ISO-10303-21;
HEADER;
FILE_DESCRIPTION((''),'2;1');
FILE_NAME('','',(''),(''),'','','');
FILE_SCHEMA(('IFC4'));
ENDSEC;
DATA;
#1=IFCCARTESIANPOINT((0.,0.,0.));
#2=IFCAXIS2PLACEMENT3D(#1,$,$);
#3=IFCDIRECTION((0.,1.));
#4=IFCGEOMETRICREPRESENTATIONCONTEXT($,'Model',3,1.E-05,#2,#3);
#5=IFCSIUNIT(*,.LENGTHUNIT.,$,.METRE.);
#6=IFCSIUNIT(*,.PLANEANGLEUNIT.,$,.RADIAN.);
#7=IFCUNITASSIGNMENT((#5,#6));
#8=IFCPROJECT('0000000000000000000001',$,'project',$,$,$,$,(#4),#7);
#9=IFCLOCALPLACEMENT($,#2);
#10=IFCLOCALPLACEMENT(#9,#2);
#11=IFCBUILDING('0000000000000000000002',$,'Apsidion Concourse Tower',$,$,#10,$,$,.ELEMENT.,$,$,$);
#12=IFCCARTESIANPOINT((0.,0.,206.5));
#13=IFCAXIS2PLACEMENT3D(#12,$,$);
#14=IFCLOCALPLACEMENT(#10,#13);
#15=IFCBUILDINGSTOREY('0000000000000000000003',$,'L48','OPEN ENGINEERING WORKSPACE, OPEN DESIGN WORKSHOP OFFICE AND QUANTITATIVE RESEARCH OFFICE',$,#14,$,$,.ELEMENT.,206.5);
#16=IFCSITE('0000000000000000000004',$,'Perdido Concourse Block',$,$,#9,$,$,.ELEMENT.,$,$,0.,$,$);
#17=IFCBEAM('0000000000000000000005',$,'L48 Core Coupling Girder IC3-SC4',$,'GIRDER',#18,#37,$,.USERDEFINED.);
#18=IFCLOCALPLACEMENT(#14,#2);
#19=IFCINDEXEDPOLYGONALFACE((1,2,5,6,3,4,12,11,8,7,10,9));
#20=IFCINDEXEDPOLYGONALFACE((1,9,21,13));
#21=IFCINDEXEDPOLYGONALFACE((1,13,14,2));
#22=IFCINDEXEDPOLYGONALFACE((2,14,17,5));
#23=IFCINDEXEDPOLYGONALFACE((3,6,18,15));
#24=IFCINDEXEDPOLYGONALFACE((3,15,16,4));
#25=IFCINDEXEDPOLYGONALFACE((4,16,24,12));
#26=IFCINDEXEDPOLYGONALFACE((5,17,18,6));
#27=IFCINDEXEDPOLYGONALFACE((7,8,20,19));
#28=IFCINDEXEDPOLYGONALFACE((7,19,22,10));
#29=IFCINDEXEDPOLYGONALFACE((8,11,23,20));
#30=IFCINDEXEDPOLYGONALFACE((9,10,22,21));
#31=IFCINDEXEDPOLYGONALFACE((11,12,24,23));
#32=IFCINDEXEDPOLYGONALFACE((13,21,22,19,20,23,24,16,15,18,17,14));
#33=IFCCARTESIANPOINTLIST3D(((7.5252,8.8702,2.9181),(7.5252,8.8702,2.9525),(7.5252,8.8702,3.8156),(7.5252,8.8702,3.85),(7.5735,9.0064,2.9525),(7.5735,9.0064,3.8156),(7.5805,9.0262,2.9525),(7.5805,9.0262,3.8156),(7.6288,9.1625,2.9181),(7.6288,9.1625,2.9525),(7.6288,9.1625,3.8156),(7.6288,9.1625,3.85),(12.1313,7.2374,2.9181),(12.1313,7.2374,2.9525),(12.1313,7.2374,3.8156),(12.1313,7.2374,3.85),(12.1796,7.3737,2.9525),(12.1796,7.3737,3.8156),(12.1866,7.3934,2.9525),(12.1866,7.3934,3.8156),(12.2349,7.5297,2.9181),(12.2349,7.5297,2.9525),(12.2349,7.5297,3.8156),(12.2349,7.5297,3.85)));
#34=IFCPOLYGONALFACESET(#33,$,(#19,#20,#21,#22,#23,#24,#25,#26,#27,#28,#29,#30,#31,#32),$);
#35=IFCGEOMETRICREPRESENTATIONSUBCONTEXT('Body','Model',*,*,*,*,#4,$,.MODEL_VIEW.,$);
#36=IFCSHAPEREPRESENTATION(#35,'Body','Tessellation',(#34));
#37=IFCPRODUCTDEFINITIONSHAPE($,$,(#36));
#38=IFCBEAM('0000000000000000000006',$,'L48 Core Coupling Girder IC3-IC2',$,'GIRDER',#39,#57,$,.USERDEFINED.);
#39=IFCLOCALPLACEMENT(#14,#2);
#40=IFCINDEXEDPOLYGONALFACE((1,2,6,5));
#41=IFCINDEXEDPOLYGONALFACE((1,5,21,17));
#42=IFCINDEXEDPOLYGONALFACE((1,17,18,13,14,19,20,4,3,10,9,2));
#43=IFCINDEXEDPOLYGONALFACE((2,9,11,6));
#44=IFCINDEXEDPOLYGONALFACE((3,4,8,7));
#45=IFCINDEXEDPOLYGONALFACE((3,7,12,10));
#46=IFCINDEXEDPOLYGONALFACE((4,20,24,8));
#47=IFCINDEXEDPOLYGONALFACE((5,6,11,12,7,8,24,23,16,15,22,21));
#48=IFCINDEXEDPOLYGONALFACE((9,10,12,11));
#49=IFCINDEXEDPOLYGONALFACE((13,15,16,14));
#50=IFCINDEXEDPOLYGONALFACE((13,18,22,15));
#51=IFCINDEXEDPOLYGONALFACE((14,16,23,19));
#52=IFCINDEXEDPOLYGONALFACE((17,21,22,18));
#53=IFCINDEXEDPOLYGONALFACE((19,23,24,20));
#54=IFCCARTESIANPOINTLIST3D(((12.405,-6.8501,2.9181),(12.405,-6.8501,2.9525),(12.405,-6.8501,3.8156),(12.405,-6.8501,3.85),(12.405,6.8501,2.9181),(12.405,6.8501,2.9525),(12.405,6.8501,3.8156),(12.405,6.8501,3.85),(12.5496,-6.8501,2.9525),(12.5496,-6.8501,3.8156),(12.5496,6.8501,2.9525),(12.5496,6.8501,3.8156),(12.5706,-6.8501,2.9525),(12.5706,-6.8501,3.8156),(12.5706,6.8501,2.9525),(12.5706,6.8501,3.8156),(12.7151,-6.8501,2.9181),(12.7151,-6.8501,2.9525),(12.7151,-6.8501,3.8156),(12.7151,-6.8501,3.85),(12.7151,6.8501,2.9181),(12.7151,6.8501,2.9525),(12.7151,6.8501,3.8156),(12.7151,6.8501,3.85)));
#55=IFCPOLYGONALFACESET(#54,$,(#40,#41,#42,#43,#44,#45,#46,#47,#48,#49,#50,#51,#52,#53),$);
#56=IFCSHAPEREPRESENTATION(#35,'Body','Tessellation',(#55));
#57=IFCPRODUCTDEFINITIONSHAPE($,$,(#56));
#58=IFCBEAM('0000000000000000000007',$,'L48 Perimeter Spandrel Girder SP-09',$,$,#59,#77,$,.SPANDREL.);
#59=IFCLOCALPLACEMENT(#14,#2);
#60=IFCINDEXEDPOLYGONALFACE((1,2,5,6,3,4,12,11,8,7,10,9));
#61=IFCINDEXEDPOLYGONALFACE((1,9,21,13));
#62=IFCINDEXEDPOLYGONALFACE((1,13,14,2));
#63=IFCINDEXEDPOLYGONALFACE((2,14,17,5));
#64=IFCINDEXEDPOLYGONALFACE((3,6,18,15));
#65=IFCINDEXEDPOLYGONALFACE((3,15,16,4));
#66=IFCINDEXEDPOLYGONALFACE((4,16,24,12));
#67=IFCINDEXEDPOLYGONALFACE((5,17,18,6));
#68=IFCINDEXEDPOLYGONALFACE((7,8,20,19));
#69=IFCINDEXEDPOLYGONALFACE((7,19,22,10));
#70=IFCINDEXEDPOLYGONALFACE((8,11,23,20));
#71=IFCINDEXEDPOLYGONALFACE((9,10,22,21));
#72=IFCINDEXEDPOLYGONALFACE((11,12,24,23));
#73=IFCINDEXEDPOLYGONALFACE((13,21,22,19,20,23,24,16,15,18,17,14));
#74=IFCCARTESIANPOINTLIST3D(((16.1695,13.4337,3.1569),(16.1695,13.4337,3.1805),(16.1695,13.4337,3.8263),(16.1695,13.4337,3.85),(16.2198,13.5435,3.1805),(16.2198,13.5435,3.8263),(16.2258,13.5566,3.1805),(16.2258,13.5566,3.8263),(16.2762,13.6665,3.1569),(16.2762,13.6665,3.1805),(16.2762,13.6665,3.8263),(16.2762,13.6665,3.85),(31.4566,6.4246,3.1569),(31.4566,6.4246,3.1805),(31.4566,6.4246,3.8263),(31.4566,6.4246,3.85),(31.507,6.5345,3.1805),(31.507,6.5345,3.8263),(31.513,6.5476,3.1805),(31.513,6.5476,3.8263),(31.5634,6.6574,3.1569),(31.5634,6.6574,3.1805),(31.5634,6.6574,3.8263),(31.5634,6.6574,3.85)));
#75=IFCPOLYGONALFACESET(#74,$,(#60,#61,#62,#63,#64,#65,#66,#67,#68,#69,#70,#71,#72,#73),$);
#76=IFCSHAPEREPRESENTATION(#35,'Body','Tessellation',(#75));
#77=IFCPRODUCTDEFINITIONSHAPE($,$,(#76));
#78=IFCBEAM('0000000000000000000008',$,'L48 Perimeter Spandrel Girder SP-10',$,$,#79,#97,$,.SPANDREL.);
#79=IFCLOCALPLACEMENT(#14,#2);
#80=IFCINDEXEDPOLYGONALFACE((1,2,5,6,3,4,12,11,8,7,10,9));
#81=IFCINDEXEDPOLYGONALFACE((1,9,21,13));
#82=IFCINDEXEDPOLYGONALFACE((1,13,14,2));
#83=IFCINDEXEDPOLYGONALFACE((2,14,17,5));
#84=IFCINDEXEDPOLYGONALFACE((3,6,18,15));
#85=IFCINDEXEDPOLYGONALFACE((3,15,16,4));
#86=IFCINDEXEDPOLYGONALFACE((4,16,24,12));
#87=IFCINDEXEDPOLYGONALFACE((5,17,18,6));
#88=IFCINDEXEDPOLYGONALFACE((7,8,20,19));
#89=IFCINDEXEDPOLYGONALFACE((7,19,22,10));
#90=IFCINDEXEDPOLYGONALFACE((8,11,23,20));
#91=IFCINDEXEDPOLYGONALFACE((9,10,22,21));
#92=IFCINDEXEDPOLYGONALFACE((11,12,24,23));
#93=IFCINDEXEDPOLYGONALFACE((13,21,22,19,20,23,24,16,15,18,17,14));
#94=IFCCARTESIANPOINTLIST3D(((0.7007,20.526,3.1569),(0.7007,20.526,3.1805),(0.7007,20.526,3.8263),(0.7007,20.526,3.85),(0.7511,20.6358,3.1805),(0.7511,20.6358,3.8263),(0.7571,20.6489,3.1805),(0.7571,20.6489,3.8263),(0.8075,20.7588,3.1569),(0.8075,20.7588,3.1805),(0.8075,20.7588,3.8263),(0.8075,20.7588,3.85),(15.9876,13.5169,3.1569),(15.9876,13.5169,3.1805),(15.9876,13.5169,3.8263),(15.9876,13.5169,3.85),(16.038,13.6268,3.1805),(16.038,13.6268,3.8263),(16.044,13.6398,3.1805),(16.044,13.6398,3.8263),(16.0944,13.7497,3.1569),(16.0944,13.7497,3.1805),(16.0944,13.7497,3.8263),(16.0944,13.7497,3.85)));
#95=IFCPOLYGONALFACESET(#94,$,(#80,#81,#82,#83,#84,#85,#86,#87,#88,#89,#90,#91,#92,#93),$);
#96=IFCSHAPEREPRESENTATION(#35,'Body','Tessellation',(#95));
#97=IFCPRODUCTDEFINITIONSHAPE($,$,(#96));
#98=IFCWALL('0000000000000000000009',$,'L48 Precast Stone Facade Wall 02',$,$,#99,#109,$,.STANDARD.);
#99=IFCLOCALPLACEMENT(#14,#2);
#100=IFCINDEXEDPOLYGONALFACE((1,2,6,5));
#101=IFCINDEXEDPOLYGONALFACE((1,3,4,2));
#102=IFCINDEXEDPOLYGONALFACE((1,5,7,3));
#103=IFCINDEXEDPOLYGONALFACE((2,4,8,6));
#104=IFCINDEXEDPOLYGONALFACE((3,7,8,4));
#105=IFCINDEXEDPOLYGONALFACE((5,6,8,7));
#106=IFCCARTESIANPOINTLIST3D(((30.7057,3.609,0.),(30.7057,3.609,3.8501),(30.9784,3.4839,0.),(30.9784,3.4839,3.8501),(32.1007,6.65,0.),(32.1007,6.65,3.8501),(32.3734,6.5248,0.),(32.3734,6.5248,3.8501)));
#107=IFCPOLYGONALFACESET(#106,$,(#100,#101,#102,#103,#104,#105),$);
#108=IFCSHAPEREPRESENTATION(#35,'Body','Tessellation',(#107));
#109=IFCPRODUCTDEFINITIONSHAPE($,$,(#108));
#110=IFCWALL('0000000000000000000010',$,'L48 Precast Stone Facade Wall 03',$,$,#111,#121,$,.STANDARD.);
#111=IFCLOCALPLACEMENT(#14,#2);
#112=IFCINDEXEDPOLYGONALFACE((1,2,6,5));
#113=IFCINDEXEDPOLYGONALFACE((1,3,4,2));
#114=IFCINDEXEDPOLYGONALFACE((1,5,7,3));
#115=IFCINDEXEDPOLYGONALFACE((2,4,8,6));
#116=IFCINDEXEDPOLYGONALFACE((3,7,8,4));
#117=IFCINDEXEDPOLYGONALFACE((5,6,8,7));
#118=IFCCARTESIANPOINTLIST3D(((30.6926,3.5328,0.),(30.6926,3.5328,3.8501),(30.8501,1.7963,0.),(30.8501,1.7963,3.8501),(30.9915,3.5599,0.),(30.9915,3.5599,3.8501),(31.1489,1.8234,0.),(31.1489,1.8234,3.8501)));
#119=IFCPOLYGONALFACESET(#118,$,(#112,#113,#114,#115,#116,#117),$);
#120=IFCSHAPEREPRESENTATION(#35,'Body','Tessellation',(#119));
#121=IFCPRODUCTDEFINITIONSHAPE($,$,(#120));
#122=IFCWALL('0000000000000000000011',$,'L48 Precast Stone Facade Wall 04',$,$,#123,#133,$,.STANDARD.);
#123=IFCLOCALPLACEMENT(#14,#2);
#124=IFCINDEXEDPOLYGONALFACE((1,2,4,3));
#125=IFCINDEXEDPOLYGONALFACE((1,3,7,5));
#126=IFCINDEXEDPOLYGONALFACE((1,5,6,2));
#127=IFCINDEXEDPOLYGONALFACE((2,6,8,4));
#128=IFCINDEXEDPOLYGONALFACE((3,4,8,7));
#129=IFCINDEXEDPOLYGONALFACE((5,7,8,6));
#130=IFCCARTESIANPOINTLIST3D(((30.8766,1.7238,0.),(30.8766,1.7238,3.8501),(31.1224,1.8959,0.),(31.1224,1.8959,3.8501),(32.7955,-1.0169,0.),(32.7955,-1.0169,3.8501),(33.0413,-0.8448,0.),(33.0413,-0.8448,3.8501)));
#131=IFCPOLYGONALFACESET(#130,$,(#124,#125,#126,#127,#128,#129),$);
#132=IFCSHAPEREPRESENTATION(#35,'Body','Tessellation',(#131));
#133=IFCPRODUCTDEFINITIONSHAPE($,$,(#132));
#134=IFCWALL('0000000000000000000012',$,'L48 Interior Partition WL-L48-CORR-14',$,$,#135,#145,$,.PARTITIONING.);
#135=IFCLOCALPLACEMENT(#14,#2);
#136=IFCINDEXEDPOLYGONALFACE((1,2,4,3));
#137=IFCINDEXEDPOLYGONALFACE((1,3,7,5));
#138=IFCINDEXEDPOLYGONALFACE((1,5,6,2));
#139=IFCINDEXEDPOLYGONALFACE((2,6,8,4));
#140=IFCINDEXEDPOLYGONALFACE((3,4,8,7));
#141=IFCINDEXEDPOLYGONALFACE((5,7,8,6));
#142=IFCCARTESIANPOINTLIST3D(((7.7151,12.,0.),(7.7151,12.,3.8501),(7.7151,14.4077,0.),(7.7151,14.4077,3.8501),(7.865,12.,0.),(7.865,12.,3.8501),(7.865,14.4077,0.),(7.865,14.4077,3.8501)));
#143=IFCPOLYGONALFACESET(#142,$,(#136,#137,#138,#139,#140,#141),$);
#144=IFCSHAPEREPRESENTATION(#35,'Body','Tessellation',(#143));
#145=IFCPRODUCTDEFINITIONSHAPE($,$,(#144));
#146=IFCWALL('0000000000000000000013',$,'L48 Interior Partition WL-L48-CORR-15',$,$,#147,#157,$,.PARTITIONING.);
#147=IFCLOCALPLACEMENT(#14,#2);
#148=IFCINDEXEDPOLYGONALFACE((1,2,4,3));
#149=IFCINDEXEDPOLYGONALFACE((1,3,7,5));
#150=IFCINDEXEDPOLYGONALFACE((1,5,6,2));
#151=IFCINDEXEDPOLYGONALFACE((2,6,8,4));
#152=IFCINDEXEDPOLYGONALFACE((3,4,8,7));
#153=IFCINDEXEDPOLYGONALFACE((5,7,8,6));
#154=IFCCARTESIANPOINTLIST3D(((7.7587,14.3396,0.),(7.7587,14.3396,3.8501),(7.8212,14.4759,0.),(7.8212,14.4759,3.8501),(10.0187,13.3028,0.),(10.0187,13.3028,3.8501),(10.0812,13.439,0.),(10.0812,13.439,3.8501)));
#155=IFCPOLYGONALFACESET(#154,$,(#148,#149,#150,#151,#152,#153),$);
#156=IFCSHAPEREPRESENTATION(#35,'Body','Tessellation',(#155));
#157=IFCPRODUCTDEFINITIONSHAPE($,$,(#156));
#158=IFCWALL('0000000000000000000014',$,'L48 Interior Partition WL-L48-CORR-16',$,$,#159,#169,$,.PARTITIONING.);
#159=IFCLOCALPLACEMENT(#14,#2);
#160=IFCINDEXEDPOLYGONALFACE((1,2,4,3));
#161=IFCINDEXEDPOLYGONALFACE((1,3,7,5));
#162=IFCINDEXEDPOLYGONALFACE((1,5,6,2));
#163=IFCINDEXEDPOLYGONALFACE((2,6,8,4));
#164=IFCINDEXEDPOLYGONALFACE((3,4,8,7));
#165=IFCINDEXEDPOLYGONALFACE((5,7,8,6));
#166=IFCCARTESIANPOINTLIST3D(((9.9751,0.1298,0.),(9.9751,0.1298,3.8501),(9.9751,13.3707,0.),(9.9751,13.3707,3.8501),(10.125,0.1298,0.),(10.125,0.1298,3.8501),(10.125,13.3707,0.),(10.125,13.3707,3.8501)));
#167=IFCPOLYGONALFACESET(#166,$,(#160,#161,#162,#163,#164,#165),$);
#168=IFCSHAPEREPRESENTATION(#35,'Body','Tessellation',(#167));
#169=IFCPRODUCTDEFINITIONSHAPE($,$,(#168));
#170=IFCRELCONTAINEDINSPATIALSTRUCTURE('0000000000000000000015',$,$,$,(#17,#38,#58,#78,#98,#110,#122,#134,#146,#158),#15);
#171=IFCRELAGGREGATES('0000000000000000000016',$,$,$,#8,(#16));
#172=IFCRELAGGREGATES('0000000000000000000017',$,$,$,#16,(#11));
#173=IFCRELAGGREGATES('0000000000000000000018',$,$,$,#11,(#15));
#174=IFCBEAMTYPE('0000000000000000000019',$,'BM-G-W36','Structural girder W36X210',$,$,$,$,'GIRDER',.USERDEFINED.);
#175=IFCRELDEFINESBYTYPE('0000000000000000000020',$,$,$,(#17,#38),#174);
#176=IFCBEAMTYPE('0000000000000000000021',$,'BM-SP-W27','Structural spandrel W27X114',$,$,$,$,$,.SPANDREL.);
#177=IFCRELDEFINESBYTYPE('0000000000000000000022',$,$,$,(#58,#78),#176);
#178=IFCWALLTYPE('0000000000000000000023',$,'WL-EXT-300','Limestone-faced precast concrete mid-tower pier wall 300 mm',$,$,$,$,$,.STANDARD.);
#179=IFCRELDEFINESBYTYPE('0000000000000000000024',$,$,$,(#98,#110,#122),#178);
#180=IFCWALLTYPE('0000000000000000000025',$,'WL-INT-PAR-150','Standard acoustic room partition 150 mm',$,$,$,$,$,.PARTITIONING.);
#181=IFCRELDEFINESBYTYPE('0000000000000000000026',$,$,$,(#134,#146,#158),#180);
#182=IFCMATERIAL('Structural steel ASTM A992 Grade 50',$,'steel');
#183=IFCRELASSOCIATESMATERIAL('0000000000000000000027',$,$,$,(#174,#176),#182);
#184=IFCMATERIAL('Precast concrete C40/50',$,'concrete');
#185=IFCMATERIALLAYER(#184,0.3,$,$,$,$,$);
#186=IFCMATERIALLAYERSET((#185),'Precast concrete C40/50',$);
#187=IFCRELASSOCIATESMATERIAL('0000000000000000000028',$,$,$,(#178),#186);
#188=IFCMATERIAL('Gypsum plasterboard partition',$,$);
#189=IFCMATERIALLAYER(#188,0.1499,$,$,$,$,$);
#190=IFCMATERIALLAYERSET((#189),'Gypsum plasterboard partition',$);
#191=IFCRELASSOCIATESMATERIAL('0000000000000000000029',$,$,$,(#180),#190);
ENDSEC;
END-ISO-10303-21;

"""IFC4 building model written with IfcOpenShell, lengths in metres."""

from ifc_helpers import new_model, si_unit, direction, frame, frame_2d, origin, origin_2d, place, context, subcontext, project, spatial, rectangle, i_section, extrude, material, layer, layer_set, material_profile, profile_set, type_object, element, save


model = new_model("IFC4")

# Units and contexts
model_context = context("Model", 3, precision=1e-05, world=origin(), true_north=direction((0.0, 1.0)))
body_context = subcontext(model_context, "Body", "Model", "MODEL_VIEW")
ifc_project = project(units=[si_unit("LENGTHUNIT", "METRE"), si_unit("PLANEANGLEUNIT", "RADIAN")], contexts=[model_context])

# Site, building, storey
site_placement = place(None, origin())
site = spatial("IfcSite", under=ifc_project, at=site_placement, Name="Perdido Concourse Block", CompositionType="ELEMENT", RefElevation=0.0)
building_placement = place(site_placement, origin())
building = spatial("IfcBuilding", under=site, at=building_placement, Name="Apsidion Concourse Tower", CompositionType="ELEMENT")
storey_placement = place(building_placement, frame((0.0, 0.0, 206.5)))
storey = spatial("IfcBuildingStorey", under=building, at=storey_placement, Name="L48", Description="OPEN ENGINEERING WORKSPACE, OPEN DESIGN WORKSHOP OFFICE AND QUANTITATIVE RESEARCH OFFICE", CompositionType="ELEMENT", Elevation=206.5)

# Shared definitions
ifc_material_1 = material(Name="Structural steel ASTM A992 Grade 50", Category="steel")

# Beams
ifc_material_profile_1 = material_profile(ifc_material_1, i_section(OverallWidth=0.3101, OverallDepth=0.9319, WebThickness=0.021, FlangeThickness=0.0344, at=origin_2d()), Name="W36X210")
ifc_profile_set_1 = profile_set([ifc_material_profile_1], Name="Structural steel ASTM A992 Grade 50")
beam_type_1 = type_object("IfcBeamType", Name="BM-G-W36", Description="Structural girder W36X210", ElementType="GIRDER", PredefinedType="USERDEFINED", material=ifc_profile_set_1)
beam_1_placement = place(storey_placement, frame((12.1831, 7.3835, 3.384), z_axis=(-0.942534, 0.334111, 0.0), x_axis=(-0.334111, -0.942534, 0.0)))
element("IfcBeam", 1, at=beam_1_placement, inside=storey, type_object=beam_type_1, Name="L48 Core Coupling Girder IC3-SC4", ObjectType="GIRDER", PredefinedType="USERDEFINED", context=body_context, shape_type="SweptSolid", body=[
    extrude(i_section(OverallWidth=0.3101, OverallDepth=0.9319, WebThickness=0.021, FlangeThickness=0.0344, at=origin_2d()), origin(), (0.0, 0.0, 1.0), 4.887),
])
beam_2_placement = place(storey_placement, frame((12.5601, 6.8501, 3.384), z_axis=(0.0, -1.0, 0.0), x_axis=(1.0, 0.0, 0.0)))
element("IfcBeam", 2, at=beam_2_placement, inside=storey, type_object=beam_type_1, Name="L48 Core Coupling Girder IC3-IC2", ObjectType="GIRDER", PredefinedType="USERDEFINED", context=body_context, shape_type="SweptSolid", body=[
    extrude(i_section(OverallWidth=0.3101, OverallDepth=0.9319, WebThickness=0.021, FlangeThickness=0.0344, at=origin_2d()), origin(), (0.0, 0.0, 1.0), 13.7002),
])
ifc_material_profile_2 = material_profile(ifc_material_1, i_section(OverallWidth=0.2561, OverallDepth=0.6931, WebThickness=0.0144, FlangeThickness=0.0237, at=origin_2d()), Name="W27X114")
ifc_profile_set_2 = profile_set([ifc_material_profile_2], Name="Structural steel ASTM A992 Grade 50")
beam_type_2 = type_object("IfcBeamType", Name="BM-SP-W27", Description="Structural spandrel W27X114", PredefinedType="SPANDREL", material=ifc_profile_set_2)
beam_3_placement = place(storey_placement, frame((31.51, 6.541, 3.5034), z_axis=(-0.90901, 0.416775, 0.0), x_axis=(-0.416775, -0.90901, 0.0)))
element("IfcBeam", 3, at=beam_3_placement, inside=storey, type_object=beam_type_2, Name="L48 Perimeter Spandrel Girder SP-09", PredefinedType="SPANDREL", context=body_context, shape_type="SweptSolid", body=[
    extrude(i_section(OverallWidth=0.2561, OverallDepth=0.6931, WebThickness=0.0144, FlangeThickness=0.0237, at=origin_2d()), origin(), (0.0, 0.0, 1.0), 16.8174),
])
beam_4_placement = place(storey_placement, frame((16.041, 13.6333, 3.5034), z_axis=(-0.909007, 0.41678, 0.0), x_axis=(-0.41678, -0.909007, 0.0)))
element("IfcBeam", 4, at=beam_4_placement, inside=storey, type_object=beam_type_2, Name="L48 Perimeter Spandrel Girder SP-10", PredefinedType="SPANDREL", context=body_context, shape_type="SweptSolid", body=[
    extrude(i_section(OverallWidth=0.2561, OverallDepth=0.6931, WebThickness=0.0144, FlangeThickness=0.0237, at=origin_2d()), origin(), (0.0, 0.0, 1.0), 16.8171),
])

# Walls
ifc_material_2 = material(Name="Precast concrete C40/50", Category="concrete")
ifc_layer_1 = layer(ifc_material_2, 0.3)
ifc_layer_set_1 = layer_set([ifc_layer_1], Name="Precast concrete C40/50")
wall_type_1 = type_object("IfcWallType", Name="WL-EXT-300", Description="Limestone-faced precast concrete mid-tower pier wall 300 mm", PredefinedType="STANDARD", material=ifc_layer_set_1)
wall_1_placement = place(storey_placement, frame((32.2371, 6.5874, 0.0), z_axis=(0.0, 0.0, 1.0), x_axis=(-0.416956, -0.908927, 0.0)))
element("IfcWall", 5, at=wall_1_placement, inside=storey, type_object=wall_type_1, Name="L48 Precast Stone Facade Wall 02", PredefinedType="STANDARD", context=body_context, shape_type="SweptSolid", body=[
    extrude(rectangle(XDim=3.3457, YDim=0.3, at=frame_2d((1.6729, 0.0))), origin(), (0.0, 0.0, 1.0), 3.8501),
])
wall_2_placement = place(storey_placement, frame((30.842, 3.5464, 0.0), z_axis=(0.0, 0.0, 1.0), x_axis=(0.090309, -0.995914, 0.0)))
element("IfcWall", 6, at=wall_2_placement, inside=storey, type_object=wall_type_1, Name="L48 Precast Stone Facade Wall 03", PredefinedType="STANDARD", context=body_context, shape_type="SweptSolid", body=[
    extrude(rectangle(XDim=1.7437, YDim=0.3, at=frame_2d((0.8718, 0.0))), origin(), (0.0, 0.0, 1.0), 3.8501),
])
wall_3_placement = place(storey_placement, frame((30.9995, 1.8098, 0.0), z_axis=(0.0, 0.0, 1.0), x_axis=(0.57355, -0.81917, 0.0)))
element("IfcWall", 7, at=wall_3_placement, inside=storey, type_object=wall_type_1, Name="L48 Precast Stone Facade Wall 04", PredefinedType="STANDARD", context=body_context, shape_type="SweptSolid", body=[
    extrude(rectangle(XDim=3.3457, YDim=0.3, at=frame_2d((1.6729, 0.0))), origin(), (0.0, 0.0, 1.0), 3.8501),
])
ifc_material_3 = material(Name="Gypsum plasterboard partition")
ifc_layer_2 = layer(ifc_material_3, 0.1499)
ifc_layer_set_2 = layer_set([ifc_layer_2], Name="Gypsum plasterboard partition")
wall_type_2 = type_object("IfcWallType", Name="WL-INT-PAR-150", Description="Standard acoustic room partition 150 mm", PredefinedType="PARTITIONING", material=ifc_layer_set_2)
wall_4_placement = place(storey_placement, frame((7.79, 12.0, 0.0), z_axis=(0.0, 0.0, 1.0), x_axis=(0.0, 1.0, 0.0)))
element("IfcWall", 8, at=wall_4_placement, inside=storey, type_object=wall_type_2, Name="L48 Interior Partition WL-L48-CORR-14", PredefinedType="PARTITIONING", context=body_context, shape_type="SweptSolid", body=[
    extrude(rectangle(XDim=2.4077, YDim=0.1499, at=frame_2d((1.2039, 0.0))), origin(), (0.0, 0.0, 1.0), 3.8501),
])
wall_5_placement = place(storey_placement, frame((7.79, 14.4077, 0.0), z_axis=(0.0, 0.0, 1.0), x_axis=(0.908908, -0.416996, 0.0)))
element("IfcWall", 9, at=wall_5_placement, inside=storey, type_object=wall_type_2, Name="L48 Interior Partition WL-L48-CORR-15", PredefinedType="PARTITIONING", context=body_context, shape_type="SweptSolid", body=[
    extrude(rectangle(XDim=2.4866, YDim=0.1499, at=frame_2d((1.2432, 0.0))), origin(), (0.0, 0.0, 1.0), 3.8501),
])
wall_6_placement = place(storey_placement, frame((10.05, 13.3708, 0.0), z_axis=(0.0, 0.0, 1.0), x_axis=(0.0, -1.0, 0.0)))
element("IfcWall", 10, at=wall_6_placement, inside=storey, type_object=wall_type_2, Name="L48 Interior Partition WL-L48-CORR-16", PredefinedType="PARTITIONING", context=body_context, shape_type="SweptSolid", body=[
    extrude(rectangle(XDim=13.241, YDim=0.1499, at=frame_2d((6.6206, 0.0))), origin(), (0.0, 0.0, 1.0), 3.8501),
])

save(model, "model.ifc")
